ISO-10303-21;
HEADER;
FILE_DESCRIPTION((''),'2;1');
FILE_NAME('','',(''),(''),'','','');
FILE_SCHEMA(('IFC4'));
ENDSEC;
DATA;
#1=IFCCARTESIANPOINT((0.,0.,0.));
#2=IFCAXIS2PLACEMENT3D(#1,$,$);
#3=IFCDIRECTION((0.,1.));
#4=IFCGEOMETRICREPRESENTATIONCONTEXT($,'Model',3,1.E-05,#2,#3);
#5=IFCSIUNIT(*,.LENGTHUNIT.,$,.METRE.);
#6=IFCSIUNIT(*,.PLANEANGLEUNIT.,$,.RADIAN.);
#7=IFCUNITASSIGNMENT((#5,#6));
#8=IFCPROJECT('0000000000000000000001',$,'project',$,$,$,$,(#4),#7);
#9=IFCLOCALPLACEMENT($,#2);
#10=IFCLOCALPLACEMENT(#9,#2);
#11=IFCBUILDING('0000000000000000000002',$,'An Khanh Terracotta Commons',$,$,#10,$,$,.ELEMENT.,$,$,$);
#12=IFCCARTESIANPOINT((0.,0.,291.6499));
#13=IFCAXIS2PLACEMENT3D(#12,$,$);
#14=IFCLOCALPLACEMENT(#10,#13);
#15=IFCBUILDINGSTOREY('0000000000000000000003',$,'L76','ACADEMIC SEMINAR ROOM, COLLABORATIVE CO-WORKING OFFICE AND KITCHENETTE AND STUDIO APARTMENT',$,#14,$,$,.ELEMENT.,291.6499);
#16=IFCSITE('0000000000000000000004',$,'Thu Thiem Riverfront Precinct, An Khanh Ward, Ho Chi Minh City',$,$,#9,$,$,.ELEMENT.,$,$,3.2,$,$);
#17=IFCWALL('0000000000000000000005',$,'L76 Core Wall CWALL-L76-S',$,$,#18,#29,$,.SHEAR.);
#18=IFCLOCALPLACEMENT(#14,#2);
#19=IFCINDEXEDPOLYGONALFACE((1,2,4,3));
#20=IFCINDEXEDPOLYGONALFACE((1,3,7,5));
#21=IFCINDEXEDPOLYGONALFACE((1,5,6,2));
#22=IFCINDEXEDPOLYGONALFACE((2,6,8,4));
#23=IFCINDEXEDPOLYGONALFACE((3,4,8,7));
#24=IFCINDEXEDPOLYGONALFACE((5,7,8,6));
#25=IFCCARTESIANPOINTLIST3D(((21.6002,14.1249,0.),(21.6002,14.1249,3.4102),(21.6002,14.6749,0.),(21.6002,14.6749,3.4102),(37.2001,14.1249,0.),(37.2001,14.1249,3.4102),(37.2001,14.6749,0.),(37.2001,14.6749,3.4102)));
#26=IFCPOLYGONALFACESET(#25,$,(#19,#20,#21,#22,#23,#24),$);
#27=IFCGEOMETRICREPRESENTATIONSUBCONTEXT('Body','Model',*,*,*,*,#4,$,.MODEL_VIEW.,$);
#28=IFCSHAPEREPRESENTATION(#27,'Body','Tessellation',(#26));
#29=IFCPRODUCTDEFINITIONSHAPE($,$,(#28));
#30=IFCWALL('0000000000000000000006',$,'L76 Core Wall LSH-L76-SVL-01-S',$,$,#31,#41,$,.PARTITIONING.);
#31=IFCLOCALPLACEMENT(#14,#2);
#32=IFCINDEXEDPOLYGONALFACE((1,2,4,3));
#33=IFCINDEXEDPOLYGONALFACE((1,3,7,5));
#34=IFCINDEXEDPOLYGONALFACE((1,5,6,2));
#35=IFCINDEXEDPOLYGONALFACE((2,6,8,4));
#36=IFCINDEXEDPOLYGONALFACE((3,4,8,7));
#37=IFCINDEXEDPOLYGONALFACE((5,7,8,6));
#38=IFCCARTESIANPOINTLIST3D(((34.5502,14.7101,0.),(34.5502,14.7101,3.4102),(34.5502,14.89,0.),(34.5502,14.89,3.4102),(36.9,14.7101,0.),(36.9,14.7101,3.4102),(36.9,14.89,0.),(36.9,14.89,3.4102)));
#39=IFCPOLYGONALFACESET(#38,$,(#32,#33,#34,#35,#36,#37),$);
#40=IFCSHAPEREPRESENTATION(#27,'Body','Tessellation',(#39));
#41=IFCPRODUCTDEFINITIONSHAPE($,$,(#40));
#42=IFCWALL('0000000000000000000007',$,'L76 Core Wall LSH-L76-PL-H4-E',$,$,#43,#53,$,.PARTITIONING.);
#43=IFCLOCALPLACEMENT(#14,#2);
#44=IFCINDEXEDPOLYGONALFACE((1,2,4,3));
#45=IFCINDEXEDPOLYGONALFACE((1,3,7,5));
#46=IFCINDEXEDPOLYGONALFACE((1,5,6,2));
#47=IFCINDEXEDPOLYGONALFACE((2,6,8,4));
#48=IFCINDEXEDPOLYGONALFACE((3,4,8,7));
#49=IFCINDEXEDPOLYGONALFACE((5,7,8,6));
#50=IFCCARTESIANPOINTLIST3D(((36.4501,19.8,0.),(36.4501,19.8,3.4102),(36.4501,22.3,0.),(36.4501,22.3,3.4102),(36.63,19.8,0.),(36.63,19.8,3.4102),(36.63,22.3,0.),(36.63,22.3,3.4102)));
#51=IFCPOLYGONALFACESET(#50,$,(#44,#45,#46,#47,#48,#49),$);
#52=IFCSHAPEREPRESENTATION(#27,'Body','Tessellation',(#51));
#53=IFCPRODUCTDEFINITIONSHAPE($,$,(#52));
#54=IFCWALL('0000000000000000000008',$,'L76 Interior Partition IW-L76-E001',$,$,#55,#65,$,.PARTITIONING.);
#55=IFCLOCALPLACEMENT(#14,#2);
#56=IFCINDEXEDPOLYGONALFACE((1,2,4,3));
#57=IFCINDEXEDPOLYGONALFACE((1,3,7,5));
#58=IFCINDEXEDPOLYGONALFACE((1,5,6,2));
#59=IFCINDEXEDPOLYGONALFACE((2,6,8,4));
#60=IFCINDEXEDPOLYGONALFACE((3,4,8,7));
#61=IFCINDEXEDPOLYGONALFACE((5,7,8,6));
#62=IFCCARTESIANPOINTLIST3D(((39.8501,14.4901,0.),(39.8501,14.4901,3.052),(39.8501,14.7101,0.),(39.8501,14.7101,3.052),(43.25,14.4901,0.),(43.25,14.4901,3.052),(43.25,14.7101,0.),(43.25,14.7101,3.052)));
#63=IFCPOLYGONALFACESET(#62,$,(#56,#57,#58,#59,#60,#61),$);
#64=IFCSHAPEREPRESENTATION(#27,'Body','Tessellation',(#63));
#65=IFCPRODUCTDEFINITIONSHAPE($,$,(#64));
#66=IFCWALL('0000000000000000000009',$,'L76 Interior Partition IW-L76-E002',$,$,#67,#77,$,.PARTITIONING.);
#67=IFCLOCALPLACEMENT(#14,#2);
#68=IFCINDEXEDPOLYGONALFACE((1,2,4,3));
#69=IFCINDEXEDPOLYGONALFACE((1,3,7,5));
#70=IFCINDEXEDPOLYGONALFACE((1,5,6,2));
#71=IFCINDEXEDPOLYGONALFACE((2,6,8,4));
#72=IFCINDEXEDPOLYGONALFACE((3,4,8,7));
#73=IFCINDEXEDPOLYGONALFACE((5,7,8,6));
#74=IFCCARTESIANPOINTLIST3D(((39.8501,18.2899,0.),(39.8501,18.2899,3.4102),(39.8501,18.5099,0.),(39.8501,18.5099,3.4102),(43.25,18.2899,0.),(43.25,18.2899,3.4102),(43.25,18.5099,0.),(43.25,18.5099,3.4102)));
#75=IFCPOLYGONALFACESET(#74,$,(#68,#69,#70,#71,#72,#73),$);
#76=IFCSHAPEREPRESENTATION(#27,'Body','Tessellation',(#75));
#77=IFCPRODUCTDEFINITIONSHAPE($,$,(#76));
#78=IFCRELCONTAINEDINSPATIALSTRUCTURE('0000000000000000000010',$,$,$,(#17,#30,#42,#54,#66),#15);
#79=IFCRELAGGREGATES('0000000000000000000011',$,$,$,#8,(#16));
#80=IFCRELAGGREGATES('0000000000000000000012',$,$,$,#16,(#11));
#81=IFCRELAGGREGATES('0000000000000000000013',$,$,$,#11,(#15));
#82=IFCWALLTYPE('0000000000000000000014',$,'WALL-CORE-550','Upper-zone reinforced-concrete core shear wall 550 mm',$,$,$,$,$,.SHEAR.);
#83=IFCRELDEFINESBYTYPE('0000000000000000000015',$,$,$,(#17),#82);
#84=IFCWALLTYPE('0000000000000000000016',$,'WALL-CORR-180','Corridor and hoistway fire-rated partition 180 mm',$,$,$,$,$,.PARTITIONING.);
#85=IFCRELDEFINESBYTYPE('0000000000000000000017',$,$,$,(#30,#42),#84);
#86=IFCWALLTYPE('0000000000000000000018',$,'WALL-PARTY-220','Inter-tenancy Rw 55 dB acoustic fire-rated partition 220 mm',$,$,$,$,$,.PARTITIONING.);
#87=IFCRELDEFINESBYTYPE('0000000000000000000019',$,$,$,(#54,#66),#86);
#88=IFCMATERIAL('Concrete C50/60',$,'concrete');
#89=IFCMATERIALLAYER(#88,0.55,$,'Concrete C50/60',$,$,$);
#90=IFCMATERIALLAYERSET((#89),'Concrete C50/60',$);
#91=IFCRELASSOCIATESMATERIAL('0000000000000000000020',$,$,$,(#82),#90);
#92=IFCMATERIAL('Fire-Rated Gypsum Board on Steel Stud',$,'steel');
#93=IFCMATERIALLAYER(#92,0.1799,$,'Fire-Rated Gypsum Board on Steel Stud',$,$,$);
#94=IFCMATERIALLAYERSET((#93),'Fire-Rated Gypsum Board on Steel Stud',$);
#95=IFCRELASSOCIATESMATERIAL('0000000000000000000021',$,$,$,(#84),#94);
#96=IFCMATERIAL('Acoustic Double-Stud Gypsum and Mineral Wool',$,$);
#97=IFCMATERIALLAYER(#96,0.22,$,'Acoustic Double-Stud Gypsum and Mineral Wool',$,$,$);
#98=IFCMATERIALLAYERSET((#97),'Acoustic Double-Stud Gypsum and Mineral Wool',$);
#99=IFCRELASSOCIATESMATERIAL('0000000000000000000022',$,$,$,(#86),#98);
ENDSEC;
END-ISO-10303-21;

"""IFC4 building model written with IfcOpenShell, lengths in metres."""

from ifc_helpers import new_model, si_unit, direction, frame, frame_2d, origin, place, context, subcontext, project, spatial, rectangle, extrude, material, layer, layer_set, type_object, element, save


model = new_model("IFC4")

# Units and contexts
model_context = context("Model", 3, precision=1e-05, world=origin(), true_north=direction((0.0, 1.0)))
body_context = subcontext(model_context, "Body", "Model", "MODEL_VIEW")
ifc_project = project(units=[si_unit("LENGTHUNIT", "METRE"), si_unit("PLANEANGLEUNIT", "RADIAN")], contexts=[model_context])

# Site, building, storey
site_placement = place(None, origin())
site = spatial("IfcSite", under=ifc_project, at=site_placement, Name="Thu Thiem Riverfront Precinct, An Khanh Ward, Ho Chi Minh City", CompositionType="ELEMENT", RefElevation=3.2)
building_placement = place(site_placement, origin())
building = spatial("IfcBuilding", under=site, at=building_placement, Name="An Khanh Terracotta Commons", CompositionType="ELEMENT")
storey_placement = place(building_placement, frame((0.0, 0.0, 291.6499)))
storey = spatial("IfcBuildingStorey", under=building, at=storey_placement, Name="L76", Description="ACADEMIC SEMINAR ROOM, COLLABORATIVE CO-WORKING OFFICE AND KITCHENETTE AND STUDIO APARTMENT", CompositionType="ELEMENT", Elevation=291.6499)

# Shared definitions
ifc_material_1 = material(Name="Concrete C50/60", Category="concrete")

# Wall
ifc_layer_1 = layer(ifc_material_1, 0.55, Name="Concrete C50/60")
ifc_layer_set_1 = layer_set([ifc_layer_1], Name="Concrete C50/60")
wall_type_1 = type_object("IfcWallType", Name="WALL-CORE-550", Description="Upper-zone reinforced-concrete core shear wall 550 mm", PredefinedType="SHEAR", material=ifc_layer_set_1)
wall_1_placement = place(storey_placement, frame((37.2, 14.3999, 0.0), z_axis=(0.0, 0.0, 1.0), x_axis=(-1.0, 0.0, 0.0)))
element("IfcWall", 1, at=wall_1_placement, inside=storey, type_object=wall_type_1, Name="L76 Core Wall CWALL-L76-S", PredefinedType="SHEAR", context=body_context, shape_type="SweptSolid", body=[
    extrude(rectangle(XDim=15.5999, YDim=0.55, at=frame_2d((7.7998, 0.0))), origin(), (0.0, 0.0, 1.0), 3.4102),
])

# Walls
ifc_material_2 = material(Name="Fire-Rated Gypsum Board on Steel Stud", Category="steel")
ifc_layer_2 = layer(ifc_material_2, 0.1799, Name="Fire-Rated Gypsum Board on Steel Stud")
ifc_layer_set_2 = layer_set([ifc_layer_2], Name="Fire-Rated Gypsum Board on Steel Stud")
wall_type_2 = type_object("IfcWallType", Name="WALL-CORR-180", Description="Corridor and hoistway fire-rated partition 180 mm", PredefinedType="PARTITIONING", material=ifc_layer_set_2)
wall_2_placement = place(storey_placement, frame((36.8999, 14.8, 0.0), z_axis=(0.0, 0.0, 1.0), x_axis=(-1.0, 0.0, 0.0)))
element("IfcWall", 2, at=wall_2_placement, inside=storey, type_object=wall_type_2, Name="L76 Core Wall LSH-L76-SVL-01-S", PredefinedType="PARTITIONING", context=body_context, shape_type="SweptSolid", body=[
    extrude(rectangle(XDim=2.3499, YDim=0.1799, at=frame_2d((1.1748, 0.0))), origin(), (0.0, 0.0, 1.0), 3.4102),
])
wall_3_placement = place(storey_placement, frame((36.54, 19.8, 0.0), z_axis=(0.0, 0.0, 1.0), x_axis=(0.0, 1.0, 0.0)))
element("IfcWall", 3, at=wall_3_placement, inside=storey, type_object=wall_type_2, Name="L76 Core Wall LSH-L76-PL-H4-E", PredefinedType="PARTITIONING", context=body_context, shape_type="SweptSolid", body=[
    extrude(rectangle(XDim=2.5, YDim=0.1799, at=frame_2d((1.25, 0.0))), origin(), (0.0, 0.0, 1.0), 3.4102),
])
ifc_material_3 = material(Name="Acoustic Double-Stud Gypsum and Mineral Wool")
ifc_layer_3 = layer(ifc_material_3, 0.22, Name="Acoustic Double-Stud Gypsum and Mineral Wool")
ifc_layer_set_3 = layer_set([ifc_layer_3], Name="Acoustic Double-Stud Gypsum and Mineral Wool")
wall_type_3 = type_object("IfcWallType", Name="WALL-PARTY-220", Description="Inter-tenancy Rw 55 dB acoustic fire-rated partition 220 mm", PredefinedType="PARTITIONING", material=ifc_layer_set_3)
wall_4_placement = place(storey_placement, frame((39.8501, 14.6001, 0.0), z_axis=(0.0, 0.0, 1.0), x_axis=(1.0, 0.0, 0.0)))
element("IfcWall", 4, at=wall_4_placement, inside=storey, type_object=wall_type_3, Name="L76 Interior Partition IW-L76-E001", PredefinedType="PARTITIONING", context=body_context, shape_type="SweptSolid", body=[
    extrude(rectangle(XDim=3.3999, YDim=0.22, at=frame_2d((1.7, 0.0))), origin(), (0.0, 0.0, 1.0), 3.052),
])
wall_5_placement = place(storey_placement, frame((39.8501, 18.3999, 0.0), z_axis=(0.0, 0.0, 1.0), x_axis=(1.0, 0.0, 0.0)))
element("IfcWall", 5, at=wall_5_placement, inside=storey, type_object=wall_type_3, Name="L76 Interior Partition IW-L76-E002", PredefinedType="PARTITIONING", context=body_context, shape_type="SweptSolid", body=[
    extrude(rectangle(XDim=3.3999, YDim=0.22, at=frame_2d((1.7, 0.0))), origin(), (0.0, 0.0, 1.0), 3.4102),
])

save(model, "model.ifc")
